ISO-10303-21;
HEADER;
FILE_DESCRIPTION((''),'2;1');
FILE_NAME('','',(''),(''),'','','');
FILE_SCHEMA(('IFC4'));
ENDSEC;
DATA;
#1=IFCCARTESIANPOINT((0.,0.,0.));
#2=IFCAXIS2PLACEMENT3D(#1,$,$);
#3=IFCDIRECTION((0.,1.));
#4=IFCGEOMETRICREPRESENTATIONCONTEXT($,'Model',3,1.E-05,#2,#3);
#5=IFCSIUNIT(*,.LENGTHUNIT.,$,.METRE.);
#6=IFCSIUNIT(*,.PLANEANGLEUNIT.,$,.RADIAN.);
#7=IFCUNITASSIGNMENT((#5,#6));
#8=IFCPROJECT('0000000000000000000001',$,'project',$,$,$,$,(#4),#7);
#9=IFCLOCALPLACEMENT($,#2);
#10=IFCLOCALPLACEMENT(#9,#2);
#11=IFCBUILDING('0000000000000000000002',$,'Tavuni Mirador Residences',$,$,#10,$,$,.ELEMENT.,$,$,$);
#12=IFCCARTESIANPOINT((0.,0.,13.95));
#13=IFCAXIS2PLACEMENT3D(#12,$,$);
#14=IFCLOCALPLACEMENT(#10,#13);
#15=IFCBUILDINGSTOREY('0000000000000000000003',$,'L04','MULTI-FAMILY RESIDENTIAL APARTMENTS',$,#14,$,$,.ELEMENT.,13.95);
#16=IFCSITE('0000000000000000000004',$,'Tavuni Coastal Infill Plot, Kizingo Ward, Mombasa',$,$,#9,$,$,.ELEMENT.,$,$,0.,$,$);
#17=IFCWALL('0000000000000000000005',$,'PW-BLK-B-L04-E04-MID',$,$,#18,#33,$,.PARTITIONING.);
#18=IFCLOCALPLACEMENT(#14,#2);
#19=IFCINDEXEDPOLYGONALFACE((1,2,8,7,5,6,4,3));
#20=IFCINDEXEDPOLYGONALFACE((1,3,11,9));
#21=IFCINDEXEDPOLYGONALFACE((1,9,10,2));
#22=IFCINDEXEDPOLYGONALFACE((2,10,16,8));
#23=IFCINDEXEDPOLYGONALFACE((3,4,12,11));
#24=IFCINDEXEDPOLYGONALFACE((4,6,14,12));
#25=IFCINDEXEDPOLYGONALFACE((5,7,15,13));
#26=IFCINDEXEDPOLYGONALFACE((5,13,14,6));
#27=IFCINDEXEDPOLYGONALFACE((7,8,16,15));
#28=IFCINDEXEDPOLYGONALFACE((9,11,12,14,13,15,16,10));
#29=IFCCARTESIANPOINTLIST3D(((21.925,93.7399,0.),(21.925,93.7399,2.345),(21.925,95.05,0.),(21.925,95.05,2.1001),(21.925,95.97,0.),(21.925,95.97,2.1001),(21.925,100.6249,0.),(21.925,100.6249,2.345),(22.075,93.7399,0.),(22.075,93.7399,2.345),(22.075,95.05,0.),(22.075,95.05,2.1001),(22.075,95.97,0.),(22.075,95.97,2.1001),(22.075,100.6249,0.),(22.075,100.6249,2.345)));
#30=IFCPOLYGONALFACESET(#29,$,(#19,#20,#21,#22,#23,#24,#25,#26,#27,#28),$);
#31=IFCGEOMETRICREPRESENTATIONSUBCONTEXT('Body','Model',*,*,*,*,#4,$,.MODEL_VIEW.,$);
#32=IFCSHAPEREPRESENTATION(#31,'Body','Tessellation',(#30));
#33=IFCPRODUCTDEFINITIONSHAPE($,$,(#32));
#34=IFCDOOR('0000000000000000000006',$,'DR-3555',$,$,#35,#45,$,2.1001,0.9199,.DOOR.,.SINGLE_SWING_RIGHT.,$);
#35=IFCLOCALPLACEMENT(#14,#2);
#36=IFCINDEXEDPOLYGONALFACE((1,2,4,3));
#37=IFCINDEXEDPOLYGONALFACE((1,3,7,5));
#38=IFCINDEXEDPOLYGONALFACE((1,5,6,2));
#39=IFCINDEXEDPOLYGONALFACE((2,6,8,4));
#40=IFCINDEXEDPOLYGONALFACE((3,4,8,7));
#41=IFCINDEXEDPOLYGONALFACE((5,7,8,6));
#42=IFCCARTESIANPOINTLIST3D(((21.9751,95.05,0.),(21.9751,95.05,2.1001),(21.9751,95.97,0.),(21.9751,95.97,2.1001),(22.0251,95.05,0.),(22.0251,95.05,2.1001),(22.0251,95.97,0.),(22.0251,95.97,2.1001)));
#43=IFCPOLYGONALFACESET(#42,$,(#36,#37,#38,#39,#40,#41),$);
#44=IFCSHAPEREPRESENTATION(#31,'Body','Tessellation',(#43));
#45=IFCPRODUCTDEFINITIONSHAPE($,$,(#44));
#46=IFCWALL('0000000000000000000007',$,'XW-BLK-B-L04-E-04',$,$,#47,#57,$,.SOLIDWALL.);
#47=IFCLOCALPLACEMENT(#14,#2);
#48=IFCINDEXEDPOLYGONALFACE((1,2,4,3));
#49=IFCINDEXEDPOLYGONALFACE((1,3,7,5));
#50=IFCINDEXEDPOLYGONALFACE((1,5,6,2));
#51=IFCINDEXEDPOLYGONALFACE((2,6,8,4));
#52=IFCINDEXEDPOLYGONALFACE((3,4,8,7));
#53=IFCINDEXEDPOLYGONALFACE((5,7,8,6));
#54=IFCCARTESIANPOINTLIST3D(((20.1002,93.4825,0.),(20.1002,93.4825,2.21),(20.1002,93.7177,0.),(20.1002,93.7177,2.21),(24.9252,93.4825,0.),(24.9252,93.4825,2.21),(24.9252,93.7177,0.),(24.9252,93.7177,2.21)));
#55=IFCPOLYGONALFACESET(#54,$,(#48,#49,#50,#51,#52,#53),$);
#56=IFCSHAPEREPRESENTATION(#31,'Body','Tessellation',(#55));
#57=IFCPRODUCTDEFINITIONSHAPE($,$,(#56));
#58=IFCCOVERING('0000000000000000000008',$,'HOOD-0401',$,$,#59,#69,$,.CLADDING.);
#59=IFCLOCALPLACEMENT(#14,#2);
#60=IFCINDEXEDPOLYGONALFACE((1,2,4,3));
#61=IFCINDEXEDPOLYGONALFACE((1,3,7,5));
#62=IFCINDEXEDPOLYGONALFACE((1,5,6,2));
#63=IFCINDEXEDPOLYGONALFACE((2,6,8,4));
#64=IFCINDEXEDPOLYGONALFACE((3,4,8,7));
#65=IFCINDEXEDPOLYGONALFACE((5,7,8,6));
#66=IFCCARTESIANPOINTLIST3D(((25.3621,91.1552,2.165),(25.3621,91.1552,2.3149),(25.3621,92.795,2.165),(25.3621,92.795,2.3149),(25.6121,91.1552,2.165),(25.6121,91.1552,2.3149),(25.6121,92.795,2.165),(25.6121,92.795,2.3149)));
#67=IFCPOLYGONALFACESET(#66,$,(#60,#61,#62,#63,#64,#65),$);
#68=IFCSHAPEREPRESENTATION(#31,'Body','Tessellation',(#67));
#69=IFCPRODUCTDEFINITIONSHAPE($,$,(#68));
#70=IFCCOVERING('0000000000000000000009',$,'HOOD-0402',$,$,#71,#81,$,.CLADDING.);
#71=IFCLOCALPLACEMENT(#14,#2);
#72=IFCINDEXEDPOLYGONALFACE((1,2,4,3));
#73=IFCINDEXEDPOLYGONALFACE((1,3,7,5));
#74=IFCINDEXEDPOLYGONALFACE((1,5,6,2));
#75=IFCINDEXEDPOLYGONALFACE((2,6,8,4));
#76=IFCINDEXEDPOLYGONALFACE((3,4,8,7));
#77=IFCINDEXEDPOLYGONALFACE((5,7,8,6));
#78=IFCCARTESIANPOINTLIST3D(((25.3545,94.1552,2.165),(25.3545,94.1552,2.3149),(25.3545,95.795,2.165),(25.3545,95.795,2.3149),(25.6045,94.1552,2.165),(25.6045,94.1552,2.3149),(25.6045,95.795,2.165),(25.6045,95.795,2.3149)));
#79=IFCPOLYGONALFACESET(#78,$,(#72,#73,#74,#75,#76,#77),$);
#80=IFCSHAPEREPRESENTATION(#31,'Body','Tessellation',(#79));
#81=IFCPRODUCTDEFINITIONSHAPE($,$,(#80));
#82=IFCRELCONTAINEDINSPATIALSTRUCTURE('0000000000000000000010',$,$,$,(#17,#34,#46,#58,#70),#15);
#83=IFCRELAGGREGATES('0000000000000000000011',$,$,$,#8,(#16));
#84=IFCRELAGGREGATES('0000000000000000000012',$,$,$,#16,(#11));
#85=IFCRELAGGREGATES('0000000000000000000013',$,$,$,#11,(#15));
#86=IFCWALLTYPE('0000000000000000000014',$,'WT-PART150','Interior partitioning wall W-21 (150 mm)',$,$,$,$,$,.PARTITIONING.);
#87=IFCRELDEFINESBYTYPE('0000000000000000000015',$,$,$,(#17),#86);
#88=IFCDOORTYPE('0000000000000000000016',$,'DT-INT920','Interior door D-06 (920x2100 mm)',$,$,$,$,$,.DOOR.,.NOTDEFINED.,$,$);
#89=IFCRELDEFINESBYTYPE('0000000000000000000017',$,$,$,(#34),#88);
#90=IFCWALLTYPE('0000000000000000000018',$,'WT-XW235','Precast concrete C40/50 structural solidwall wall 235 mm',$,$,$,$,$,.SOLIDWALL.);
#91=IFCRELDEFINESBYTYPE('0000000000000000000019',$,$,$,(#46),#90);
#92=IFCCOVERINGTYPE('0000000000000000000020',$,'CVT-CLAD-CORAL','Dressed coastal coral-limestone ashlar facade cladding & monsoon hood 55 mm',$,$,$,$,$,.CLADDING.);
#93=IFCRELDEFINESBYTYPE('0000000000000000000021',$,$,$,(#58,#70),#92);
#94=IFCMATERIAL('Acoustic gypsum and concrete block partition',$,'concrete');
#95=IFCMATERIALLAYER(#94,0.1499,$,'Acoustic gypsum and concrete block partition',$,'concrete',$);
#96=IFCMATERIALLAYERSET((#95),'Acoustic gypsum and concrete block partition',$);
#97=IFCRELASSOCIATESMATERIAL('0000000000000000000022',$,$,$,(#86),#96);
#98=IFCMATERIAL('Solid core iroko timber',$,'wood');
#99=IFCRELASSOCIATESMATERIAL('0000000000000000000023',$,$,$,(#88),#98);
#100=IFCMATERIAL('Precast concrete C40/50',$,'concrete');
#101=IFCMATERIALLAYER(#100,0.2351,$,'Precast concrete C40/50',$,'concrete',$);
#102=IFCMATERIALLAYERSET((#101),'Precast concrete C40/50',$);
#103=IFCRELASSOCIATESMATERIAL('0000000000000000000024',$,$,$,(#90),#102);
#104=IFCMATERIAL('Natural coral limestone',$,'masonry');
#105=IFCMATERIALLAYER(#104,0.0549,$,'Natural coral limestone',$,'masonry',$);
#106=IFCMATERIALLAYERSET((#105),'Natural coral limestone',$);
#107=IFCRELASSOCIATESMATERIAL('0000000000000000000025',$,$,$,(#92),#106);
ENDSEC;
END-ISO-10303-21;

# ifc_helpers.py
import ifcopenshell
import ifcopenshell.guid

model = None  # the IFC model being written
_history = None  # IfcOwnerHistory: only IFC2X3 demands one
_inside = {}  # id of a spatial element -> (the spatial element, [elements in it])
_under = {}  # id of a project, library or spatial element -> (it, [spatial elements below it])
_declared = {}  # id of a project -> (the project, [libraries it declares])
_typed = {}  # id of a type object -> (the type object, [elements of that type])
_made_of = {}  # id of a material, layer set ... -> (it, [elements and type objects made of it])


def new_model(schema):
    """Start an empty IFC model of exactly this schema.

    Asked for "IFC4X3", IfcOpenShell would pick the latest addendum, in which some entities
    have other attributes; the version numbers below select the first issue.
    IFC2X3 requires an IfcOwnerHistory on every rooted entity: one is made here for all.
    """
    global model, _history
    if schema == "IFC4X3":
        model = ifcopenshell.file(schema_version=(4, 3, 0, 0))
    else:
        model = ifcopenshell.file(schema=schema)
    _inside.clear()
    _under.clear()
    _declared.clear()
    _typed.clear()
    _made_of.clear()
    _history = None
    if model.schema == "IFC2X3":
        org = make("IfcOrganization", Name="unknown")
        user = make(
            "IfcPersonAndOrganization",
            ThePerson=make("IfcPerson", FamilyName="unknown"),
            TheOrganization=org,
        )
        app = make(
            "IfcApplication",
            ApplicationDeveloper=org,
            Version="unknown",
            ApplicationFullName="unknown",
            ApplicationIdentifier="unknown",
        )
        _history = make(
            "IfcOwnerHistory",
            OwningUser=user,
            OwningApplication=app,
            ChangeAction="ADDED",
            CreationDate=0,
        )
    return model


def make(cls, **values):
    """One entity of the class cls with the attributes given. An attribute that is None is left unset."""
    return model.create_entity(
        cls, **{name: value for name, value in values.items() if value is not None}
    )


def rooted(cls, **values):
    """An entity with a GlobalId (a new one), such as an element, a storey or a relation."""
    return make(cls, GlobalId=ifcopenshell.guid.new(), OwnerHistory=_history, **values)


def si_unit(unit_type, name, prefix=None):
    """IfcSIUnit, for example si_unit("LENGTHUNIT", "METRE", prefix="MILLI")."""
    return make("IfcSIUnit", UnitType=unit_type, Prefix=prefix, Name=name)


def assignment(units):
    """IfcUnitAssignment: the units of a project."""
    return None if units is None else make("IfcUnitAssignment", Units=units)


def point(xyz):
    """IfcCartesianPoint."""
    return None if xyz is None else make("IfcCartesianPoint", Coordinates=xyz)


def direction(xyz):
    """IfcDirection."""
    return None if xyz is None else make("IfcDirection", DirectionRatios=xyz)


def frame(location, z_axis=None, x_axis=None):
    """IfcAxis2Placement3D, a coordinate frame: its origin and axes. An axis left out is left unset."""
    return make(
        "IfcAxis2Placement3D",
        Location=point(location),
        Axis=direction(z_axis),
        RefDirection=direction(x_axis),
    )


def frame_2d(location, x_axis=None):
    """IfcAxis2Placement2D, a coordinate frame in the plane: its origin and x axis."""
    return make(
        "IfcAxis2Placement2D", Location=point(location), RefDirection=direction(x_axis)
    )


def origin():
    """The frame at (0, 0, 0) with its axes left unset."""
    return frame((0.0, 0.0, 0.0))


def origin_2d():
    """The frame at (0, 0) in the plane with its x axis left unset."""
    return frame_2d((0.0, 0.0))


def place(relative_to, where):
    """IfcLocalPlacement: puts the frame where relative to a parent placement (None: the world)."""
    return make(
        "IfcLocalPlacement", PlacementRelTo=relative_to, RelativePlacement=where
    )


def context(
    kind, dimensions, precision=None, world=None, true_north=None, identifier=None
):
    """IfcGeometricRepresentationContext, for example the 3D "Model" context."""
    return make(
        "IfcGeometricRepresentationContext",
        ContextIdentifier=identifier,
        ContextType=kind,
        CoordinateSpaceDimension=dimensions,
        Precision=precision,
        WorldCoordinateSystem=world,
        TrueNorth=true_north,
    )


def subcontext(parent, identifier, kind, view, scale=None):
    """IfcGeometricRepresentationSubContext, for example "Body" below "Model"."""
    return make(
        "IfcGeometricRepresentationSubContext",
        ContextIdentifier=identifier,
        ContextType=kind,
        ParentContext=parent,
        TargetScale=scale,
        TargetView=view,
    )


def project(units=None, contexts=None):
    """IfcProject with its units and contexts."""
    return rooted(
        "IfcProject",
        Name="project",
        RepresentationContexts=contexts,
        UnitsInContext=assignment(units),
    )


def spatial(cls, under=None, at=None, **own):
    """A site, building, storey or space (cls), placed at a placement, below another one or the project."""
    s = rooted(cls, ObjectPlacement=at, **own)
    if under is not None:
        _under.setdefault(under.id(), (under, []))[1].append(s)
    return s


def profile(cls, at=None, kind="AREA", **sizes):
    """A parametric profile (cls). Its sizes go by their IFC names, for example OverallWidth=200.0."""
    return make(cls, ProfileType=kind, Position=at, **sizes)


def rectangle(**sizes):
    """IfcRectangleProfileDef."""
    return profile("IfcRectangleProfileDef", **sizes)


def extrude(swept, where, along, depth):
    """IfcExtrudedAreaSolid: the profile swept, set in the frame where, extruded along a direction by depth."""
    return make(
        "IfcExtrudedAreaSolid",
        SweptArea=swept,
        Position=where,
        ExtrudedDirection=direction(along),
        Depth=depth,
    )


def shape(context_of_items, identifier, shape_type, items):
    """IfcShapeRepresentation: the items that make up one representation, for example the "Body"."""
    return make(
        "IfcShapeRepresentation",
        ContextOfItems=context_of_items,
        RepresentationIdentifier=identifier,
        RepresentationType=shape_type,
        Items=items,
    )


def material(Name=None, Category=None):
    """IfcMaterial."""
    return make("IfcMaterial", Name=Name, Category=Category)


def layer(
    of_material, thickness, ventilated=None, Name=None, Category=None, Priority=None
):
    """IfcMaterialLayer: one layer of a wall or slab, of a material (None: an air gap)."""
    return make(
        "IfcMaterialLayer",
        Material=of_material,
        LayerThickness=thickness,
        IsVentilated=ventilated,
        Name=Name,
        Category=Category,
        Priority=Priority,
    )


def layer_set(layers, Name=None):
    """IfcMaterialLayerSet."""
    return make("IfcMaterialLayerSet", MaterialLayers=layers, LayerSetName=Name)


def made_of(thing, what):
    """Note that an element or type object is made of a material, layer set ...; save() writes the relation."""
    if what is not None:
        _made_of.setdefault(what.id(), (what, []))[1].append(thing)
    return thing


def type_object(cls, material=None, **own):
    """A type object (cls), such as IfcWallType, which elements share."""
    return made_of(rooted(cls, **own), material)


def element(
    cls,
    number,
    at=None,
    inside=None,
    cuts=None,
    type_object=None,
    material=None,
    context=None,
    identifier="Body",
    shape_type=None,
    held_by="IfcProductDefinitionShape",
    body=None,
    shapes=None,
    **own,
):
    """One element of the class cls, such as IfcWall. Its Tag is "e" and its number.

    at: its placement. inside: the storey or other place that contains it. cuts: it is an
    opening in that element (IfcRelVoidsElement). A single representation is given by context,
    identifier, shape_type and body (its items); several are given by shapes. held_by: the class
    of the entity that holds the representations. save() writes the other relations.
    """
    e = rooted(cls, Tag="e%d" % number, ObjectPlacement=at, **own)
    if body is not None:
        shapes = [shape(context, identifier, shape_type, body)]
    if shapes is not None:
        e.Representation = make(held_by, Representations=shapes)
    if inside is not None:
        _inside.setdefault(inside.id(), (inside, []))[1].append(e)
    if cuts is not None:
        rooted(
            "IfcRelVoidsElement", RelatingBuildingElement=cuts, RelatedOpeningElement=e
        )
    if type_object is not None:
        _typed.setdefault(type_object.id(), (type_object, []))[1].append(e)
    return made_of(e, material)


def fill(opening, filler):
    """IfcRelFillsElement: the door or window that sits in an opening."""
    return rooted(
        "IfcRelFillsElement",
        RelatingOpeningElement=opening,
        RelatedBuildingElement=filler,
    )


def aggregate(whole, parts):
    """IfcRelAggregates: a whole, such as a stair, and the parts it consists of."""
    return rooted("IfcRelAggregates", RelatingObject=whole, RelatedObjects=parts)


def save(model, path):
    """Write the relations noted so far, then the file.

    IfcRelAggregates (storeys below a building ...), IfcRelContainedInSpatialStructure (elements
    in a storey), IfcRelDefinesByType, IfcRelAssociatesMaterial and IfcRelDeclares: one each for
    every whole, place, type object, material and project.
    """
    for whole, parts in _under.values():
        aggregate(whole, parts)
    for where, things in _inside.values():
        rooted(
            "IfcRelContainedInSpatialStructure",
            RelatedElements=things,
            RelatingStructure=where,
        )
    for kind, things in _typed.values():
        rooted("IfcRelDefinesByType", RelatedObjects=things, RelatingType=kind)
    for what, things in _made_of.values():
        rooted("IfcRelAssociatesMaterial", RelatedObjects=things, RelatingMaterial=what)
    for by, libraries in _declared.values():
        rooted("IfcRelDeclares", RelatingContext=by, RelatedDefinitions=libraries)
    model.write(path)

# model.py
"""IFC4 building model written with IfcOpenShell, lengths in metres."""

from ifc_helpers import new_model, si_unit, direction, frame, frame_2d, origin, origin_2d, place, context, subcontext, project, spatial, rectangle, extrude, material, layer, layer_set, type_object, element, fill, save


model = new_model("IFC4")

# Units and contexts
model_context = context("Model", 3, precision=1e-05, world=origin(), true_north=direction((0.0, 1.0)))
body_context = subcontext(model_context, "Body", "Model", "MODEL_VIEW")
ifc_project = project(units=[si_unit("LENGTHUNIT", "METRE"), si_unit("PLANEANGLEUNIT", "RADIAN")], contexts=[model_context])

# Site, building, storey
site_placement = place(None, origin())
site = spatial("IfcSite", under=ifc_project, at=site_placement, Name="Tavuni Coastal Infill Plot, Kizingo Ward, Mombasa", CompositionType="ELEMENT", RefElevation=0.0)
building_placement = place(site_placement, origin())
building = spatial("IfcBuilding", under=site, at=building_placement, Name="Tavuni Mirador Residences", CompositionType="ELEMENT")
storey_placement = place(building_placement, frame((0.0, 0.0, 13.95)))
storey = spatial("IfcBuildingStorey", under=building, at=storey_placement, Name="L04", Description="MULTI-FAMILY RESIDENTIAL APARTMENTS", CompositionType="ELEMENT", Elevation=13.95)

# Shared definitions
ifc_material_1 = material(Name="Precast concrete C40/50", Category="concrete")

# Shared definitions
ifc_material_2 = material(Name="Solid core iroko timber", Category="wood")

# Wall, opening, door
ifc_material_3 = material(Name="Acoustic gypsum and concrete block partition", Category="concrete")
ifc_layer_1 = layer(ifc_material_3, 0.1499, Name="Acoustic gypsum and concrete block partition", Category="concrete")
ifc_layer_set_1 = layer_set([ifc_layer_1], Name="Acoustic gypsum and concrete block partition")
wall_type_1 = type_object("IfcWallType", Name="WT-PART150", Description="Interior partitioning wall W-21 (150 mm)", PredefinedType="PARTITIONING", material=ifc_layer_set_1)
wall_1_placement = place(storey_placement, frame((22.0, 93.74, 0.0), z_axis=(0.0, 0.0, 1.0), x_axis=(0.0, 1.0, 0.0)))
wall_1 = element("IfcWall", 1, at=wall_1_placement, inside=storey, type_object=wall_type_1, Name="PW-BLK-B-L04-E04-MID", PredefinedType="PARTITIONING", context=body_context, shape_type="SweptSolid", body=[
    extrude(rectangle(XDim=6.885, YDim=0.1499, at=frame_2d((3.4424, 0.0))), origin(), (0.0, 0.0, 1.0), 2.345),
])
opening_1_placement = place(wall_1_placement, frame((1.3101, 0.0, 0.0)))
opening_1 = element("IfcOpeningElement", 2, at=opening_1_placement, cuts=wall_1, PredefinedType="OPENING", context=body_context, shape_type="SweptSolid", body=[
    extrude(rectangle(XDim=0.9199, YDim=2.1001, at=frame_2d((0.46, 1.05))), frame((0.0, 0.085, 0.0), z_axis=(0.0, -1.0, 0.0), x_axis=(1.0, 0.0, 0.0)), (0.0, 0.0, 1.0), 0.1699),
])
door_type_1 = type_object("IfcDoorType", Name="DT-INT920", Description="Interior door D-06 (920x2100 mm)", OperationType="NOTDEFINED", PredefinedType="DOOR", material=ifc_material_2)
door_1_placement = place(opening_1_placement, origin())
door_1 = element("IfcDoor", 3, at=door_1_placement, inside=storey, type_object=door_type_1, Name="DR-3555", OperationType="SINGLE_SWING_RIGHT", OverallHeight=2.1001, OverallWidth=0.9199, PredefinedType="DOOR", context=body_context, shape_type="SweptSolid", body=[
    extrude(rectangle(XDim=0.9199, YDim=2.1001, at=frame_2d((0.46, 1.05))), frame((0.0, 0.0249, 0.0), z_axis=(0.0, -1.0, 0.0), x_axis=(1.0, 0.0, 0.0)), (0.0, 0.0, 1.0), 0.05),
])
fill(opening_1, door_1)

# Wall
ifc_layer_2 = layer(ifc_material_1, 0.2351, Name="Precast concrete C40/50", Category="concrete")
ifc_layer_set_2 = layer_set([ifc_layer_2], Name="Precast concrete C40/50")
wall_type_2 = type_object("IfcWallType", Name="WT-XW235", Description="Precast concrete C40/50 structural solidwall wall 235 mm", PredefinedType="SOLIDWALL", material=ifc_layer_set_2)
wall_2_placement = place(storey_placement, frame((20.1001, 93.6001, 0.0), z_axis=(0.0, 0.0, 1.0), x_axis=(1.0, 0.0, 0.0)))
element("IfcWall", 4, at=wall_2_placement, inside=storey, type_object=wall_type_2, Name="XW-BLK-B-L04-E-04", PredefinedType="SOLIDWALL", context=body_context, shape_type="SweptSolid", body=[
    extrude(rectangle(XDim=4.825, YDim=0.2351, at=frame_2d((2.4126, 0.0))), origin(), (0.0, 0.0, 1.0), 2.21),
])

# Coverings
ifc_material_4 = material(Name="Natural coral limestone", Category="masonry")
ifc_layer_3 = layer(ifc_material_4, 0.0549, Name="Natural coral limestone", Category="masonry")
ifc_layer_set_3 = layer_set([ifc_layer_3], Name="Natural coral limestone")
covering_type = type_object("IfcCoveringType", Name="CVT-CLAD-CORAL", Description="Dressed coastal coral-limestone ashlar facade cladding & monsoon hood 55 mm", PredefinedType="CLADDING", material=ifc_layer_set_3)
for number, where, z_axis, x_axis, name in (
    (5, (25.4871, 91.9751, 2.165), (0.0, 0.0, 1.0), (0.0, 1.0, 0.0), "HOOD-0401"),
    (6, (25.4795, 94.9751, 2.165), (0.0, 0.0, 1.0), (0.0, 1.0, 0.0), "HOOD-0402"),
):
    element("IfcCovering", number, at=place(storey_placement, frame(where, z_axis=z_axis, x_axis=x_axis)), inside=storey, type_object=covering_type, Name=name, PredefinedType="CLADDING", context=body_context, shape_type="SweptSolid", body=[
        extrude(rectangle(XDim=1.6399, YDim=0.25, at=origin_2d()), origin(), (0.0, 0.0, 1.0), 0.1499),
    ])

save(model, "model.ifc")
